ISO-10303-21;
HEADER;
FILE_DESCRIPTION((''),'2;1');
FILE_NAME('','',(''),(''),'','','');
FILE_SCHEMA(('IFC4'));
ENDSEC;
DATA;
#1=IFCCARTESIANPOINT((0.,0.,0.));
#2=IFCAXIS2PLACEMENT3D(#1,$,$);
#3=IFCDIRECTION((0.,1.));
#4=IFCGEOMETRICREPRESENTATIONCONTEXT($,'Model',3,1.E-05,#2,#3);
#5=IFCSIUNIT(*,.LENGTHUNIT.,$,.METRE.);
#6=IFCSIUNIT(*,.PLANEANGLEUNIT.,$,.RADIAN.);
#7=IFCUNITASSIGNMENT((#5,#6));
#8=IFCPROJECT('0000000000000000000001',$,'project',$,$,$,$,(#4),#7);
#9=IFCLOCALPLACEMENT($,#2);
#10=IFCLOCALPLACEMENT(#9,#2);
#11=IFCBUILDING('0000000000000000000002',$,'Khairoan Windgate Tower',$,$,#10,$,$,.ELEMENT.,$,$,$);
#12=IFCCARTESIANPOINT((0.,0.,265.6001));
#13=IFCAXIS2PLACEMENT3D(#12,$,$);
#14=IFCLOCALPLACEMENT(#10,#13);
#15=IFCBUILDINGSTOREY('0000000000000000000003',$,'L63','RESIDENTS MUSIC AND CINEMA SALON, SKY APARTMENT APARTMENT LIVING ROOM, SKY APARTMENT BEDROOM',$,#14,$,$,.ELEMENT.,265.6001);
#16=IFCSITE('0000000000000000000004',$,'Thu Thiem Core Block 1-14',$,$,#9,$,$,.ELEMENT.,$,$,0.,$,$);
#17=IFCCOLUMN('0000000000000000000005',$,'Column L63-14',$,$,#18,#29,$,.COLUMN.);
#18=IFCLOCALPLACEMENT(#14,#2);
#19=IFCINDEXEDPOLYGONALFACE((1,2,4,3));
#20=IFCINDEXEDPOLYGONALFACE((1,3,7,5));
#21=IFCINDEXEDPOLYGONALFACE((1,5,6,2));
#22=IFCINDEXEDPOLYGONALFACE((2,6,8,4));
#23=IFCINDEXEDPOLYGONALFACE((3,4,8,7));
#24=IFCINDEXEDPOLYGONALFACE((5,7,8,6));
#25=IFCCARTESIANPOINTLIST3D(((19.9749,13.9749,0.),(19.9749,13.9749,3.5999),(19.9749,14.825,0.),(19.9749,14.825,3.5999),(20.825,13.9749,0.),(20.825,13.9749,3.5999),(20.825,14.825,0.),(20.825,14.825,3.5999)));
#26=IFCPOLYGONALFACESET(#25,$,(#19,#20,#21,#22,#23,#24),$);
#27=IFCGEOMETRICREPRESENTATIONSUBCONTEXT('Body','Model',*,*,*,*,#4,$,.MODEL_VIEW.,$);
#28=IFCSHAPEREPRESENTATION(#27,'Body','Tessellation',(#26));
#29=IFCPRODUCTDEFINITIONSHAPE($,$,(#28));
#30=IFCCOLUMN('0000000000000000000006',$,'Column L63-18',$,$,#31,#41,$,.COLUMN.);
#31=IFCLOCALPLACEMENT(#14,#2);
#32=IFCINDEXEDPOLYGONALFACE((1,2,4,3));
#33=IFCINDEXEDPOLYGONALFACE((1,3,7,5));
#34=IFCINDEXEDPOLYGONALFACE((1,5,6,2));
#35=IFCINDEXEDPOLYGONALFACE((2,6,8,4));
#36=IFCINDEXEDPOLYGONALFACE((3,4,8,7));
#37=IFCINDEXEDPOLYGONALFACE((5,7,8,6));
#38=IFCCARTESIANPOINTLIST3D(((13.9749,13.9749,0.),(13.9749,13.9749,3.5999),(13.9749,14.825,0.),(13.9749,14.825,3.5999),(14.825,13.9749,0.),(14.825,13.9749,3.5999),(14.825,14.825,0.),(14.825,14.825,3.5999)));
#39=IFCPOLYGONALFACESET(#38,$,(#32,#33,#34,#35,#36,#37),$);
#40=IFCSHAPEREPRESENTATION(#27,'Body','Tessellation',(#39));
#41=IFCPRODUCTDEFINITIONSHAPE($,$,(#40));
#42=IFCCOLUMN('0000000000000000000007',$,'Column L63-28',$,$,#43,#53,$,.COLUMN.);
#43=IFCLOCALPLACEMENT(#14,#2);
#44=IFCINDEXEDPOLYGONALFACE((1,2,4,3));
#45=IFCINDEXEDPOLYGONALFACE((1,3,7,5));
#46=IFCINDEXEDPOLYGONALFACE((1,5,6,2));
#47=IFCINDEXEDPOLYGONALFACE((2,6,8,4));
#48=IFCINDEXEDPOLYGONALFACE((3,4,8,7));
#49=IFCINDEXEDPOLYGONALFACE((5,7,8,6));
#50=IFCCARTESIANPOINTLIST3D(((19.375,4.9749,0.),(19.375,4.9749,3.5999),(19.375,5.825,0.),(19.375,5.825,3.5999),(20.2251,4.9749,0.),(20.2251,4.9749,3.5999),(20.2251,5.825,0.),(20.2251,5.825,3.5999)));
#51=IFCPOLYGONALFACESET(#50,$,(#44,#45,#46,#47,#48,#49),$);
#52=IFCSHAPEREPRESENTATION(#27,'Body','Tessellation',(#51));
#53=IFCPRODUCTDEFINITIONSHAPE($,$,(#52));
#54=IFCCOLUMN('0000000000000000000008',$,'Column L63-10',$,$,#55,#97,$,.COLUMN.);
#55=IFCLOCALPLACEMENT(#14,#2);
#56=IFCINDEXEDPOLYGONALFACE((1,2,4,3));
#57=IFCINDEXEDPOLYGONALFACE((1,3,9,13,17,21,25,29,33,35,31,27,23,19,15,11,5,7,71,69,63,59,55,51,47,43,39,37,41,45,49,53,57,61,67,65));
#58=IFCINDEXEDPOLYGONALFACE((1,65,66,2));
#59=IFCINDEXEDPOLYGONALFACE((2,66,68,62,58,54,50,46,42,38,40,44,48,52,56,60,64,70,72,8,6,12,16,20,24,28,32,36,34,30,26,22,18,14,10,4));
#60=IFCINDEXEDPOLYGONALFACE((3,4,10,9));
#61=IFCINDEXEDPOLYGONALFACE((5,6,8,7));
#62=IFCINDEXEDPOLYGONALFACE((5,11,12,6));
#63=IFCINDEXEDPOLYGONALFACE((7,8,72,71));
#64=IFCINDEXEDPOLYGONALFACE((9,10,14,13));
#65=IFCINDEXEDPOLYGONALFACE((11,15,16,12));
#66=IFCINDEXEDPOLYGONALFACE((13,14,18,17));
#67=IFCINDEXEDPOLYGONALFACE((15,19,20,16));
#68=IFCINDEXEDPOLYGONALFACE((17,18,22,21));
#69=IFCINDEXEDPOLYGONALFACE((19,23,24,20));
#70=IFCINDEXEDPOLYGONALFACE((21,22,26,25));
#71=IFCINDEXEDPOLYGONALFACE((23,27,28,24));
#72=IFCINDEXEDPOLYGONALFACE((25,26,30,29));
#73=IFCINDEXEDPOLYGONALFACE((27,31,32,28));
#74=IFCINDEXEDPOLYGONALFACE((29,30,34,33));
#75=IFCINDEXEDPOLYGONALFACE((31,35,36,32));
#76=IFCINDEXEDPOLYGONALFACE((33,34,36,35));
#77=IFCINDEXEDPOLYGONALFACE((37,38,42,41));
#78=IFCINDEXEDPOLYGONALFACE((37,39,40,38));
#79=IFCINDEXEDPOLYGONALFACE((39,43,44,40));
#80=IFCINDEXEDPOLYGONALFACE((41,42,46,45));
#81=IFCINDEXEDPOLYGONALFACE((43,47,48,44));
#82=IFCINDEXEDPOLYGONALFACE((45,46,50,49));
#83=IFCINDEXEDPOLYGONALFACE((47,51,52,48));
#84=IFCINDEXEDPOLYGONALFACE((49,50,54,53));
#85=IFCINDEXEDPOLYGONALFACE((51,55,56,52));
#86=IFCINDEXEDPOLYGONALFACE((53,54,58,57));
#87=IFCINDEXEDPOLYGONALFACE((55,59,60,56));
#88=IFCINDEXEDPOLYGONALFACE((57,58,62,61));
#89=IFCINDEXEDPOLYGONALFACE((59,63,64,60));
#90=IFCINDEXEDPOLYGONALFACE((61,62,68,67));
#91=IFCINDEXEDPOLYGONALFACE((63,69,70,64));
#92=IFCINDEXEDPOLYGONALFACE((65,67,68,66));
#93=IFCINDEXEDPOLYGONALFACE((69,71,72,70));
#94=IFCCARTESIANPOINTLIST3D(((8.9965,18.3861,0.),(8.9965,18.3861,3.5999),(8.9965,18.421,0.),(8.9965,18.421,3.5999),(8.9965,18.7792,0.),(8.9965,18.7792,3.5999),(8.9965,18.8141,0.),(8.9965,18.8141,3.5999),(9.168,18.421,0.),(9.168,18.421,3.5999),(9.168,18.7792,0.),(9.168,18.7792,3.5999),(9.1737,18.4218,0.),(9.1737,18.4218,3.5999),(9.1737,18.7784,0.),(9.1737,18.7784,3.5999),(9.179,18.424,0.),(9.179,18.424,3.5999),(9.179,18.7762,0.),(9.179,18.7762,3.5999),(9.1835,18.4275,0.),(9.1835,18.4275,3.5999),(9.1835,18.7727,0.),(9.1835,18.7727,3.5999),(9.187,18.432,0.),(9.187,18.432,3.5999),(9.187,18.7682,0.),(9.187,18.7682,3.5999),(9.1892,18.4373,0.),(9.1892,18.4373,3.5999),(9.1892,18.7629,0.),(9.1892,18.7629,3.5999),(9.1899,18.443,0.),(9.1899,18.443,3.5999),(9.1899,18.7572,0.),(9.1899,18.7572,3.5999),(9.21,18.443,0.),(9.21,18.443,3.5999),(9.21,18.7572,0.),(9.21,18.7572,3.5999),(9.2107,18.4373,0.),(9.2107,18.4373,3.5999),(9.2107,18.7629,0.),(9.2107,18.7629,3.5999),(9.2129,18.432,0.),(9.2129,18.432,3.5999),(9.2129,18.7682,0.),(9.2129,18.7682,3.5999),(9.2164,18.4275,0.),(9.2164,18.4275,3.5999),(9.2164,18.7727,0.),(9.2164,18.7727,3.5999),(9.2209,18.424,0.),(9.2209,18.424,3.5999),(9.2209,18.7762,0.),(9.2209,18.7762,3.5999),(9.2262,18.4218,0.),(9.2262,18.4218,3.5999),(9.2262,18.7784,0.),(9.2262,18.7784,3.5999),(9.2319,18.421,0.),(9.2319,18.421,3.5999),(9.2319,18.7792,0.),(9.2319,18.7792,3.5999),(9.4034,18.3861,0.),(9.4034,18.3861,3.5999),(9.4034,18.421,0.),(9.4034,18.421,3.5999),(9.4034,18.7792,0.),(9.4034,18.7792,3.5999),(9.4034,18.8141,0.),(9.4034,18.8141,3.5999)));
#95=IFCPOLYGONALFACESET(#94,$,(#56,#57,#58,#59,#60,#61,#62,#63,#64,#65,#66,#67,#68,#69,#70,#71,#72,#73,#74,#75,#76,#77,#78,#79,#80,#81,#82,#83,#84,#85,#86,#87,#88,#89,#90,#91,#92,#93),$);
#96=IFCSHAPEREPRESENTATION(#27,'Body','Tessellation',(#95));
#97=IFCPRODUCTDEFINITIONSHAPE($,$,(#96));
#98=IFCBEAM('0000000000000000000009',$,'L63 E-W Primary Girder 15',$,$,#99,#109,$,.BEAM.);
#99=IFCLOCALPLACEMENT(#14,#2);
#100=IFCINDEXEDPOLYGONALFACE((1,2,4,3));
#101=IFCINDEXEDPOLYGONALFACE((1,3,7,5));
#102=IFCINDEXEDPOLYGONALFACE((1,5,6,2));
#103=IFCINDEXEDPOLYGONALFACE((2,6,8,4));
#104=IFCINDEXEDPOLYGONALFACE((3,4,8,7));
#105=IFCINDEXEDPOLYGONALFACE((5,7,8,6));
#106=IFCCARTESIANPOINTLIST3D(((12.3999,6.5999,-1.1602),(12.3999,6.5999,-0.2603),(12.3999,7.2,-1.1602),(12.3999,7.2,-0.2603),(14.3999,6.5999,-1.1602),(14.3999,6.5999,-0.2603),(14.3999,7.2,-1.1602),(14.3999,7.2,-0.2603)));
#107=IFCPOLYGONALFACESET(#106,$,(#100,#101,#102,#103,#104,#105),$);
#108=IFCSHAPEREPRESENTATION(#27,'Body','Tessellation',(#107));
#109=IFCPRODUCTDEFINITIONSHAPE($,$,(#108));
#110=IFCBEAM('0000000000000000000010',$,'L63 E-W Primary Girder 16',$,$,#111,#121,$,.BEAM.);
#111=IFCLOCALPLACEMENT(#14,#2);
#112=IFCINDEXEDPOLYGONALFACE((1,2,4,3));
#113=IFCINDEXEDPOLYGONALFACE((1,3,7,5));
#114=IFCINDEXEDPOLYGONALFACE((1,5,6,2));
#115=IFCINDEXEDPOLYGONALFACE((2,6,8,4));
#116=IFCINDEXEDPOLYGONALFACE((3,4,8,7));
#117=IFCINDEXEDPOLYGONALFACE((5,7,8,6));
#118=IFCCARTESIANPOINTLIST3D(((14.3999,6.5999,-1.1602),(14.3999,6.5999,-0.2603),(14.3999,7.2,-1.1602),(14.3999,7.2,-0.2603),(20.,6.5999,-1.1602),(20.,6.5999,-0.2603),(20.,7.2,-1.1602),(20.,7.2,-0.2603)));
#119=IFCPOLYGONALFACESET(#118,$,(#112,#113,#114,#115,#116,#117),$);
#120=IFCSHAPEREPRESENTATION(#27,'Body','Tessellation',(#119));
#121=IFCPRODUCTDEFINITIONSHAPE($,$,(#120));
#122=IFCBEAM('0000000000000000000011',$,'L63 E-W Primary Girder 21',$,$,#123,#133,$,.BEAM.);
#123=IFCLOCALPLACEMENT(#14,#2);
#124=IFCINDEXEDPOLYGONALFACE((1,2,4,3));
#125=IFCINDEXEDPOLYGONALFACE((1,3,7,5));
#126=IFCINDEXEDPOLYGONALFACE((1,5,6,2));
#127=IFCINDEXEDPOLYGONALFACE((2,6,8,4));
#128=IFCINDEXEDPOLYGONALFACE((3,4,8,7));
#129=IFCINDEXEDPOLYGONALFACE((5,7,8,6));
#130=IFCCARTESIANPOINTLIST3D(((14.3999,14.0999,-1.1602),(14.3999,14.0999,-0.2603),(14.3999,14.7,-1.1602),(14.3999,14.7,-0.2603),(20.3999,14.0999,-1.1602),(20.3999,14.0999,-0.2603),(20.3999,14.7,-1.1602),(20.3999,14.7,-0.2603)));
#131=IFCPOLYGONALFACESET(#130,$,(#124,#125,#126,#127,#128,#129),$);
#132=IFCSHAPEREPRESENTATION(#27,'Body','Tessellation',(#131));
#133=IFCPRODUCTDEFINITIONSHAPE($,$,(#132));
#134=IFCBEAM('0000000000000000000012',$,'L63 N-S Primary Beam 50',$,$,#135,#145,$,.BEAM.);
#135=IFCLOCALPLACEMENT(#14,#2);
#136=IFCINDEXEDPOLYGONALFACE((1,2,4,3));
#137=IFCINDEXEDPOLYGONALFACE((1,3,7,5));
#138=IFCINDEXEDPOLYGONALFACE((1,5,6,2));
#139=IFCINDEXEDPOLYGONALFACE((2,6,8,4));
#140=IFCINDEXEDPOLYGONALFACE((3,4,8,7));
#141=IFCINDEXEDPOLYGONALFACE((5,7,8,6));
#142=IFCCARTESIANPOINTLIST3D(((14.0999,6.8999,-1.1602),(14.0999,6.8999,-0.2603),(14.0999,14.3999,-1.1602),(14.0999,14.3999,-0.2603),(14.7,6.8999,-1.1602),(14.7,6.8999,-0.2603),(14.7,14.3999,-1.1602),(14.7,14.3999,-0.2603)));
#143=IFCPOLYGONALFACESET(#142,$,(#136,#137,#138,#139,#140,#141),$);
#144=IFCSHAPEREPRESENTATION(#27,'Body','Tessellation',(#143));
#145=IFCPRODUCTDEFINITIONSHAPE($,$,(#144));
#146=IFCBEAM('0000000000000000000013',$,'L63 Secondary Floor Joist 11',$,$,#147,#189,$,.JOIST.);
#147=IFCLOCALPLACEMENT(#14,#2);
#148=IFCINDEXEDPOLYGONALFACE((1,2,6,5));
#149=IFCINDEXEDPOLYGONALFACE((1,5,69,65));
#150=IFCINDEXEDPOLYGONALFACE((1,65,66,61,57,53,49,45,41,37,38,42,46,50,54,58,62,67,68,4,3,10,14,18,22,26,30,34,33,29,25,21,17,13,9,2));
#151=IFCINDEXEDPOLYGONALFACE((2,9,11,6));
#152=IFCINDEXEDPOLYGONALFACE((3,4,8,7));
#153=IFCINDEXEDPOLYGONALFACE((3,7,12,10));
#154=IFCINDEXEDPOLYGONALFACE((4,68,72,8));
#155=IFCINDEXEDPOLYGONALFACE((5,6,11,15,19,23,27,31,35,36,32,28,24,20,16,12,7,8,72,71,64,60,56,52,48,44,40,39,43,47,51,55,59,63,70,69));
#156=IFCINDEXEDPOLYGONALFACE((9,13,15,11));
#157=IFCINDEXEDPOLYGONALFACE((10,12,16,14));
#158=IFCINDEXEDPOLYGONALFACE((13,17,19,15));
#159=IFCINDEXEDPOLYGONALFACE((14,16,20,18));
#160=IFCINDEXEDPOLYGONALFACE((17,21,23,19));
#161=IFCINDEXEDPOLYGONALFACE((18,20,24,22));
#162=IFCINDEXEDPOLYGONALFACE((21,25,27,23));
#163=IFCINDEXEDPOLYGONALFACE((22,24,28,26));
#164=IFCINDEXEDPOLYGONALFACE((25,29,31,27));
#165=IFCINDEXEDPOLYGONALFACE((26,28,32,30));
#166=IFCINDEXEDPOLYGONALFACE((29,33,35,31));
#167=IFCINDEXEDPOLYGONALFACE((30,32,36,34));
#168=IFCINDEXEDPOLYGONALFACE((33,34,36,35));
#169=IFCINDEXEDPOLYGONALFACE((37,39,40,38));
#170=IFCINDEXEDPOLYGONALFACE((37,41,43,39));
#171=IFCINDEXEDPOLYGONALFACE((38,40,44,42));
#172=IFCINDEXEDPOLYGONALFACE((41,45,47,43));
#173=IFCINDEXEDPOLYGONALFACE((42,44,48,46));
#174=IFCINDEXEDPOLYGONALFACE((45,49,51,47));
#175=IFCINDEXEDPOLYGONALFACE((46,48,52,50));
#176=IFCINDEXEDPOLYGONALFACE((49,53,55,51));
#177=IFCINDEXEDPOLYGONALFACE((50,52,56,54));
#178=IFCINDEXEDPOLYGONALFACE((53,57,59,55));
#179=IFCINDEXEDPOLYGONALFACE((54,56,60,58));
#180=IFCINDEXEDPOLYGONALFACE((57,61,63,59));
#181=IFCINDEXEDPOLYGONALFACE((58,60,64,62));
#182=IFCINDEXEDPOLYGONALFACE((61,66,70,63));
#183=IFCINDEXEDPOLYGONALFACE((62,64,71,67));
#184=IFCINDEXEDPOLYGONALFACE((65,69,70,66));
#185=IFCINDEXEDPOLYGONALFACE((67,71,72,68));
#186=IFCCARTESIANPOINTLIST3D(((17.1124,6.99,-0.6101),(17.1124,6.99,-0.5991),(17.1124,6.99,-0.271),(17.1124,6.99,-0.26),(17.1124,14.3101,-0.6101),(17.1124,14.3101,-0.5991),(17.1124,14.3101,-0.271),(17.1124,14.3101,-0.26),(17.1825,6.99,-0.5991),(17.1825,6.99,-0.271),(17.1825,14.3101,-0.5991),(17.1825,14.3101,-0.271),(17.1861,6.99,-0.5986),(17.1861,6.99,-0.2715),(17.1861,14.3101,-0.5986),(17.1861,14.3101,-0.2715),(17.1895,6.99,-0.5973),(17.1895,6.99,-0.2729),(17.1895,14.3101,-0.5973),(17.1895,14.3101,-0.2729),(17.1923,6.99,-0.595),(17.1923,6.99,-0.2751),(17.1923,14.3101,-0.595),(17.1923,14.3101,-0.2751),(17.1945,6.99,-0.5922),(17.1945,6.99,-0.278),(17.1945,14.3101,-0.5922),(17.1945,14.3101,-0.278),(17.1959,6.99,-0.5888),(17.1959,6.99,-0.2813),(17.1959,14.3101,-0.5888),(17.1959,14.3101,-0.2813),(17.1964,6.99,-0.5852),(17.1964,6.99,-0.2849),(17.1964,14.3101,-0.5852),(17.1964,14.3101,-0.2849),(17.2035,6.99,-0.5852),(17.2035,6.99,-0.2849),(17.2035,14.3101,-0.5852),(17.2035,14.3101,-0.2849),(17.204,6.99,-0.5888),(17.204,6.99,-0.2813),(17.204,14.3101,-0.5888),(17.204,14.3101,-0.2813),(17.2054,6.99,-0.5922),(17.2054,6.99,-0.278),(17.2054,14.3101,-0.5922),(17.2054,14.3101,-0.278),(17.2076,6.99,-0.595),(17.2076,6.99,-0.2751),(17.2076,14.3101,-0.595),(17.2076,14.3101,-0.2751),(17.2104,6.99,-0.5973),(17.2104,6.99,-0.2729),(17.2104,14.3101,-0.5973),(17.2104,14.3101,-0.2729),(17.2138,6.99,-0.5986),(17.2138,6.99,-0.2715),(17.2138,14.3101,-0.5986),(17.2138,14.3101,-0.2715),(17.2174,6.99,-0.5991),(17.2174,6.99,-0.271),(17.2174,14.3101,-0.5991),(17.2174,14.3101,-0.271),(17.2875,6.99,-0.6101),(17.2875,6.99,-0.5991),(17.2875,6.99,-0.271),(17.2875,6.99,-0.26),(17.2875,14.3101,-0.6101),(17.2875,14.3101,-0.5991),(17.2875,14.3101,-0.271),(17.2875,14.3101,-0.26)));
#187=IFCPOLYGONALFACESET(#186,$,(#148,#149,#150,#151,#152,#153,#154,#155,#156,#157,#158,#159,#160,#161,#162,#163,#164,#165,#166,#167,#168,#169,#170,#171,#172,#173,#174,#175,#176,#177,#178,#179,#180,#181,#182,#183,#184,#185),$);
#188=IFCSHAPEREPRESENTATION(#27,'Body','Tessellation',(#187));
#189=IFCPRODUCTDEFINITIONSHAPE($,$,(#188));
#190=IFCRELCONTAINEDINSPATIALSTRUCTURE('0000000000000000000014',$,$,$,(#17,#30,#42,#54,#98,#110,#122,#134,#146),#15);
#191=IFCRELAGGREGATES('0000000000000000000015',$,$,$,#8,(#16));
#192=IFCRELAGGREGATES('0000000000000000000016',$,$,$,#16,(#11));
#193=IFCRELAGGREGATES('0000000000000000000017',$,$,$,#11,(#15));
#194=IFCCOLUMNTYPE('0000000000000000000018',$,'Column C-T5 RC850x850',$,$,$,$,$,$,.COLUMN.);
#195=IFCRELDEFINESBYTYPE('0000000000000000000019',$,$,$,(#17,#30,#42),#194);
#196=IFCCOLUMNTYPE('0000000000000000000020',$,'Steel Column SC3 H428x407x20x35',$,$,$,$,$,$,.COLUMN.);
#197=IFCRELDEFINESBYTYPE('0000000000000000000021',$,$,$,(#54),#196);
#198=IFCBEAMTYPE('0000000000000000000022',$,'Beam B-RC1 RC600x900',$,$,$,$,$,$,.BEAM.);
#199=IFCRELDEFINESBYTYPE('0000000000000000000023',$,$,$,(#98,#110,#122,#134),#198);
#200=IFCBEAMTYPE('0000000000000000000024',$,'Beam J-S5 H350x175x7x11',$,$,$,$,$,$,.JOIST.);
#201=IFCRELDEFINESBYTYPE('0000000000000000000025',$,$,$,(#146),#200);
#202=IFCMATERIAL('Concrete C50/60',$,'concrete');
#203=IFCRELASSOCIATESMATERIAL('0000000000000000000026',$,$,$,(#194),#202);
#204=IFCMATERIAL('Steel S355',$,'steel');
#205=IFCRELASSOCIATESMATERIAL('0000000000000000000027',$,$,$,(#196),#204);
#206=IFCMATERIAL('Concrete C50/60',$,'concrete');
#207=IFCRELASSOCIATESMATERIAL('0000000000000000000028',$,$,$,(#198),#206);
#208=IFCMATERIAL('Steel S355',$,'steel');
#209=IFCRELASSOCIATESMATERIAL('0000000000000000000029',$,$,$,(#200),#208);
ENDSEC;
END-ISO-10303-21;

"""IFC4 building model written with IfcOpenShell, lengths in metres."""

from ifc_helpers import new_model, si_unit, direction, frame, origin, origin_2d, place, context, subcontext, project, spatial, rectangle, i_section, extrude, material, material_profile, profile_set, type_object, element, save


model = new_model("IFC4")

# Units and contexts
model_context = context("Model", 3, precision=1e-05, world=origin(), true_north=direction((0.0, 1.0)))
body_context = subcontext(model_context, "Body", "Model", "MODEL_VIEW")
ifc_project = project(units=[si_unit("LENGTHUNIT", "METRE"), si_unit("PLANEANGLEUNIT", "RADIAN")], contexts=[model_context])

# Site, building, storey
site_placement = place(None, origin())
site = spatial("IfcSite", under=ifc_project, at=site_placement, Name="Thu Thiem Core Block 1-14", CompositionType="ELEMENT", RefElevation=0.0)
building_placement = place(site_placement, origin())
building = spatial("IfcBuilding", under=site, at=building_placement, Name="Khairoan Windgate Tower", CompositionType="ELEMENT")
storey_placement = place(building_placement, frame((0.0, 0.0, 265.6001)))
storey = spatial("IfcBuildingStorey", under=building, at=storey_placement, Name="L63", Description="RESIDENTS MUSIC AND CINEMA SALON, SKY APARTMENT APARTMENT LIVING ROOM, SKY APARTMENT BEDROOM", CompositionType="ELEMENT", Elevation=265.6001)

# Columns
ifc_material_1 = material(Name="Concrete C50/60", Category="concrete")
ifc_material_profile_1 = material_profile(ifc_material_1, rectangle(XDim=0.8501, YDim=0.8501, at=origin_2d()))
ifc_profile_set_1 = profile_set([ifc_material_profile_1], Name="Concrete C50/60")
column_type_1 = type_object("IfcColumnType", Name="Column C-T5 RC850x850", PredefinedType="COLUMN", material=ifc_profile_set_1)
for number, where, z_axis, x_axis, name in (
    (1, (20.3999, 14.3999, 0.0), (0.0, 0.0, 1.0), (1.0, 0.0, 0.0), "Column L63-14"),
    (2, (14.3999, 14.3999, 0.0), (0.0, 0.0, 1.0), (1.0, 0.0, 0.0), "Column L63-18"),
    (3, (19.8, 5.3999, 0.0), (0.0, 0.0, 1.0), (1.0, 0.0, 0.0), "Column L63-28"),
):
    element("IfcColumn", number, at=place(storey_placement, frame(where, z_axis=z_axis, x_axis=x_axis)), inside=storey, type_object=column_type_1, Name=name, PredefinedType="COLUMN", context=body_context, shape_type="SweptSolid", body=[
        extrude(rectangle(XDim=0.8501, YDim=0.8501, at=origin_2d()), origin(), (0.0, 0.0, 1.0), 3.5999),
    ])
ifc_material_2 = material(Name="Steel S355", Category="steel")
ifc_material_profile_2 = material_profile(ifc_material_2, i_section(OverallWidth=0.407, OverallDepth=0.428, WebThickness=0.02, FlangeThickness=0.0349, FilletRadius=0.022, at=origin_2d()))
ifc_profile_set_2 = profile_set([ifc_material_profile_2], Name="Steel S355")
column_type_2 = type_object("IfcColumnType", Name="Steel Column SC3 H428x407x20x35", PredefinedType="COLUMN", material=ifc_profile_set_2)
column_placement = place(storey_placement, frame((9.2, 18.6001, 0.0), z_axis=(0.0, 0.0, 1.0), x_axis=(1.0, 0.0, 0.0)))
element("IfcColumn", 4, at=column_placement, inside=storey, type_object=column_type_2, Name="Column L63-10", PredefinedType="COLUMN", context=body_context, shape_type="SweptSolid", body=[
    extrude(i_section(OverallWidth=0.407, OverallDepth=0.428, WebThickness=0.02, FlangeThickness=0.0349, FilletRadius=0.022, at=origin_2d()), origin(), (0.0, 0.0, 1.0), 3.5999),
])

# Beams
ifc_material_3 = material(Name="Concrete C50/60", Category="concrete")
ifc_material_profile_3 = material_profile(ifc_material_3, rectangle(XDim=0.6001, YDim=0.8999, at=origin_2d()))
ifc_profile_set_3 = profile_set([ifc_material_profile_3], Name="Concrete C50/60")
beam_type_1 = type_object("IfcBeamType", Name="Beam B-RC1 RC600x900", PredefinedType="BEAM", material=ifc_profile_set_3)
beam_1_placement = place(storey_placement, frame((12.3999, 6.8999, -0.7102), z_axis=(1.0, 0.0, 0.0), x_axis=(0.0, 1.0, 0.0)))
element("IfcBeam", 5, at=beam_1_placement, inside=storey, type_object=beam_type_1, Name="L63 E-W Primary Girder 15", PredefinedType="BEAM", context=body_context, shape_type="SweptSolid", body=[
    extrude(rectangle(XDim=0.6001, YDim=0.8999, at=origin_2d()), origin(), (0.0, 0.0, 1.0), 2.0),
])
beam_2_placement = place(storey_placement, frame((14.3999, 6.8999, -0.7102), z_axis=(1.0, 0.0, 0.0), x_axis=(0.0, 1.0, 0.0)))
element("IfcBeam", 6, at=beam_2_placement, inside=storey, type_object=beam_type_1, Name="L63 E-W Primary Girder 16", PredefinedType="BEAM", context=body_context, shape_type="SweptSolid", body=[
    extrude(rectangle(XDim=0.6001, YDim=0.8999, at=origin_2d()), origin(), (0.0, 0.0, 1.0), 5.6001),
])
beam_3_placement = place(storey_placement, frame((14.3999, 14.3999, -0.7102), z_axis=(1.0, 0.0, 0.0), x_axis=(0.0, 1.0, 0.0)))
element("IfcBeam", 7, at=beam_3_placement, inside=storey, type_object=beam_type_1, Name="L63 E-W Primary Girder 21", PredefinedType="BEAM", context=body_context, shape_type="SweptSolid", body=[
    extrude(rectangle(XDim=0.6001, YDim=0.8999, at=origin_2d()), origin(), (0.0, 0.0, 1.0), 6.0),
])
beam_4_placement = place(storey_placement, frame((14.3999, 6.8999, -0.7102), z_axis=(0.0, 1.0, 0.0), x_axis=(-1.0, 0.0, 0.0)))
element("IfcBeam", 8, at=beam_4_placement, inside=storey, type_object=beam_type_1, Name="L63 N-S Primary Beam 50", PredefinedType="BEAM", context=body_context, shape_type="SweptSolid", body=[
    extrude(rectangle(XDim=0.6001, YDim=0.8999, at=origin_2d()), origin(), (0.0, 0.0, 1.0), 7.5),
])
ifc_material_4 = material(Name="Steel S355", Category="steel")
ifc_material_profile_4 = material_profile(ifc_material_4, i_section(OverallWidth=0.175, OverallDepth=0.3501, WebThickness=0.0071, FlangeThickness=0.011, FilletRadius=0.0139, at=origin_2d()))
ifc_profile_set_4 = profile_set([ifc_material_profile_4], Name="Steel S355")
beam_type_2 = type_object("IfcBeamType", Name="Beam J-S5 H350x175x7x11", PredefinedType="JOIST", material=ifc_profile_set_4)
beam_5_placement = place(storey_placement, frame((17.2, 6.99, -0.4351), z_axis=(0.0, 1.0, 0.0), x_axis=(-1.0, 0.0, 0.0)))
element("IfcBeam", 9, at=beam_5_placement, inside=storey, type_object=beam_type_2, Name="L63 Secondary Floor Joist 11", PredefinedType="JOIST", context=body_context, shape_type="SweptSolid", body=[
    extrude(i_section(OverallWidth=0.175, OverallDepth=0.3501, WebThickness=0.0071, FlangeThickness=0.011, FilletRadius=0.0139, at=origin_2d()), origin(), (0.0, 0.0, 1.0), 7.3201),
])

save(model, "model.ifc")
